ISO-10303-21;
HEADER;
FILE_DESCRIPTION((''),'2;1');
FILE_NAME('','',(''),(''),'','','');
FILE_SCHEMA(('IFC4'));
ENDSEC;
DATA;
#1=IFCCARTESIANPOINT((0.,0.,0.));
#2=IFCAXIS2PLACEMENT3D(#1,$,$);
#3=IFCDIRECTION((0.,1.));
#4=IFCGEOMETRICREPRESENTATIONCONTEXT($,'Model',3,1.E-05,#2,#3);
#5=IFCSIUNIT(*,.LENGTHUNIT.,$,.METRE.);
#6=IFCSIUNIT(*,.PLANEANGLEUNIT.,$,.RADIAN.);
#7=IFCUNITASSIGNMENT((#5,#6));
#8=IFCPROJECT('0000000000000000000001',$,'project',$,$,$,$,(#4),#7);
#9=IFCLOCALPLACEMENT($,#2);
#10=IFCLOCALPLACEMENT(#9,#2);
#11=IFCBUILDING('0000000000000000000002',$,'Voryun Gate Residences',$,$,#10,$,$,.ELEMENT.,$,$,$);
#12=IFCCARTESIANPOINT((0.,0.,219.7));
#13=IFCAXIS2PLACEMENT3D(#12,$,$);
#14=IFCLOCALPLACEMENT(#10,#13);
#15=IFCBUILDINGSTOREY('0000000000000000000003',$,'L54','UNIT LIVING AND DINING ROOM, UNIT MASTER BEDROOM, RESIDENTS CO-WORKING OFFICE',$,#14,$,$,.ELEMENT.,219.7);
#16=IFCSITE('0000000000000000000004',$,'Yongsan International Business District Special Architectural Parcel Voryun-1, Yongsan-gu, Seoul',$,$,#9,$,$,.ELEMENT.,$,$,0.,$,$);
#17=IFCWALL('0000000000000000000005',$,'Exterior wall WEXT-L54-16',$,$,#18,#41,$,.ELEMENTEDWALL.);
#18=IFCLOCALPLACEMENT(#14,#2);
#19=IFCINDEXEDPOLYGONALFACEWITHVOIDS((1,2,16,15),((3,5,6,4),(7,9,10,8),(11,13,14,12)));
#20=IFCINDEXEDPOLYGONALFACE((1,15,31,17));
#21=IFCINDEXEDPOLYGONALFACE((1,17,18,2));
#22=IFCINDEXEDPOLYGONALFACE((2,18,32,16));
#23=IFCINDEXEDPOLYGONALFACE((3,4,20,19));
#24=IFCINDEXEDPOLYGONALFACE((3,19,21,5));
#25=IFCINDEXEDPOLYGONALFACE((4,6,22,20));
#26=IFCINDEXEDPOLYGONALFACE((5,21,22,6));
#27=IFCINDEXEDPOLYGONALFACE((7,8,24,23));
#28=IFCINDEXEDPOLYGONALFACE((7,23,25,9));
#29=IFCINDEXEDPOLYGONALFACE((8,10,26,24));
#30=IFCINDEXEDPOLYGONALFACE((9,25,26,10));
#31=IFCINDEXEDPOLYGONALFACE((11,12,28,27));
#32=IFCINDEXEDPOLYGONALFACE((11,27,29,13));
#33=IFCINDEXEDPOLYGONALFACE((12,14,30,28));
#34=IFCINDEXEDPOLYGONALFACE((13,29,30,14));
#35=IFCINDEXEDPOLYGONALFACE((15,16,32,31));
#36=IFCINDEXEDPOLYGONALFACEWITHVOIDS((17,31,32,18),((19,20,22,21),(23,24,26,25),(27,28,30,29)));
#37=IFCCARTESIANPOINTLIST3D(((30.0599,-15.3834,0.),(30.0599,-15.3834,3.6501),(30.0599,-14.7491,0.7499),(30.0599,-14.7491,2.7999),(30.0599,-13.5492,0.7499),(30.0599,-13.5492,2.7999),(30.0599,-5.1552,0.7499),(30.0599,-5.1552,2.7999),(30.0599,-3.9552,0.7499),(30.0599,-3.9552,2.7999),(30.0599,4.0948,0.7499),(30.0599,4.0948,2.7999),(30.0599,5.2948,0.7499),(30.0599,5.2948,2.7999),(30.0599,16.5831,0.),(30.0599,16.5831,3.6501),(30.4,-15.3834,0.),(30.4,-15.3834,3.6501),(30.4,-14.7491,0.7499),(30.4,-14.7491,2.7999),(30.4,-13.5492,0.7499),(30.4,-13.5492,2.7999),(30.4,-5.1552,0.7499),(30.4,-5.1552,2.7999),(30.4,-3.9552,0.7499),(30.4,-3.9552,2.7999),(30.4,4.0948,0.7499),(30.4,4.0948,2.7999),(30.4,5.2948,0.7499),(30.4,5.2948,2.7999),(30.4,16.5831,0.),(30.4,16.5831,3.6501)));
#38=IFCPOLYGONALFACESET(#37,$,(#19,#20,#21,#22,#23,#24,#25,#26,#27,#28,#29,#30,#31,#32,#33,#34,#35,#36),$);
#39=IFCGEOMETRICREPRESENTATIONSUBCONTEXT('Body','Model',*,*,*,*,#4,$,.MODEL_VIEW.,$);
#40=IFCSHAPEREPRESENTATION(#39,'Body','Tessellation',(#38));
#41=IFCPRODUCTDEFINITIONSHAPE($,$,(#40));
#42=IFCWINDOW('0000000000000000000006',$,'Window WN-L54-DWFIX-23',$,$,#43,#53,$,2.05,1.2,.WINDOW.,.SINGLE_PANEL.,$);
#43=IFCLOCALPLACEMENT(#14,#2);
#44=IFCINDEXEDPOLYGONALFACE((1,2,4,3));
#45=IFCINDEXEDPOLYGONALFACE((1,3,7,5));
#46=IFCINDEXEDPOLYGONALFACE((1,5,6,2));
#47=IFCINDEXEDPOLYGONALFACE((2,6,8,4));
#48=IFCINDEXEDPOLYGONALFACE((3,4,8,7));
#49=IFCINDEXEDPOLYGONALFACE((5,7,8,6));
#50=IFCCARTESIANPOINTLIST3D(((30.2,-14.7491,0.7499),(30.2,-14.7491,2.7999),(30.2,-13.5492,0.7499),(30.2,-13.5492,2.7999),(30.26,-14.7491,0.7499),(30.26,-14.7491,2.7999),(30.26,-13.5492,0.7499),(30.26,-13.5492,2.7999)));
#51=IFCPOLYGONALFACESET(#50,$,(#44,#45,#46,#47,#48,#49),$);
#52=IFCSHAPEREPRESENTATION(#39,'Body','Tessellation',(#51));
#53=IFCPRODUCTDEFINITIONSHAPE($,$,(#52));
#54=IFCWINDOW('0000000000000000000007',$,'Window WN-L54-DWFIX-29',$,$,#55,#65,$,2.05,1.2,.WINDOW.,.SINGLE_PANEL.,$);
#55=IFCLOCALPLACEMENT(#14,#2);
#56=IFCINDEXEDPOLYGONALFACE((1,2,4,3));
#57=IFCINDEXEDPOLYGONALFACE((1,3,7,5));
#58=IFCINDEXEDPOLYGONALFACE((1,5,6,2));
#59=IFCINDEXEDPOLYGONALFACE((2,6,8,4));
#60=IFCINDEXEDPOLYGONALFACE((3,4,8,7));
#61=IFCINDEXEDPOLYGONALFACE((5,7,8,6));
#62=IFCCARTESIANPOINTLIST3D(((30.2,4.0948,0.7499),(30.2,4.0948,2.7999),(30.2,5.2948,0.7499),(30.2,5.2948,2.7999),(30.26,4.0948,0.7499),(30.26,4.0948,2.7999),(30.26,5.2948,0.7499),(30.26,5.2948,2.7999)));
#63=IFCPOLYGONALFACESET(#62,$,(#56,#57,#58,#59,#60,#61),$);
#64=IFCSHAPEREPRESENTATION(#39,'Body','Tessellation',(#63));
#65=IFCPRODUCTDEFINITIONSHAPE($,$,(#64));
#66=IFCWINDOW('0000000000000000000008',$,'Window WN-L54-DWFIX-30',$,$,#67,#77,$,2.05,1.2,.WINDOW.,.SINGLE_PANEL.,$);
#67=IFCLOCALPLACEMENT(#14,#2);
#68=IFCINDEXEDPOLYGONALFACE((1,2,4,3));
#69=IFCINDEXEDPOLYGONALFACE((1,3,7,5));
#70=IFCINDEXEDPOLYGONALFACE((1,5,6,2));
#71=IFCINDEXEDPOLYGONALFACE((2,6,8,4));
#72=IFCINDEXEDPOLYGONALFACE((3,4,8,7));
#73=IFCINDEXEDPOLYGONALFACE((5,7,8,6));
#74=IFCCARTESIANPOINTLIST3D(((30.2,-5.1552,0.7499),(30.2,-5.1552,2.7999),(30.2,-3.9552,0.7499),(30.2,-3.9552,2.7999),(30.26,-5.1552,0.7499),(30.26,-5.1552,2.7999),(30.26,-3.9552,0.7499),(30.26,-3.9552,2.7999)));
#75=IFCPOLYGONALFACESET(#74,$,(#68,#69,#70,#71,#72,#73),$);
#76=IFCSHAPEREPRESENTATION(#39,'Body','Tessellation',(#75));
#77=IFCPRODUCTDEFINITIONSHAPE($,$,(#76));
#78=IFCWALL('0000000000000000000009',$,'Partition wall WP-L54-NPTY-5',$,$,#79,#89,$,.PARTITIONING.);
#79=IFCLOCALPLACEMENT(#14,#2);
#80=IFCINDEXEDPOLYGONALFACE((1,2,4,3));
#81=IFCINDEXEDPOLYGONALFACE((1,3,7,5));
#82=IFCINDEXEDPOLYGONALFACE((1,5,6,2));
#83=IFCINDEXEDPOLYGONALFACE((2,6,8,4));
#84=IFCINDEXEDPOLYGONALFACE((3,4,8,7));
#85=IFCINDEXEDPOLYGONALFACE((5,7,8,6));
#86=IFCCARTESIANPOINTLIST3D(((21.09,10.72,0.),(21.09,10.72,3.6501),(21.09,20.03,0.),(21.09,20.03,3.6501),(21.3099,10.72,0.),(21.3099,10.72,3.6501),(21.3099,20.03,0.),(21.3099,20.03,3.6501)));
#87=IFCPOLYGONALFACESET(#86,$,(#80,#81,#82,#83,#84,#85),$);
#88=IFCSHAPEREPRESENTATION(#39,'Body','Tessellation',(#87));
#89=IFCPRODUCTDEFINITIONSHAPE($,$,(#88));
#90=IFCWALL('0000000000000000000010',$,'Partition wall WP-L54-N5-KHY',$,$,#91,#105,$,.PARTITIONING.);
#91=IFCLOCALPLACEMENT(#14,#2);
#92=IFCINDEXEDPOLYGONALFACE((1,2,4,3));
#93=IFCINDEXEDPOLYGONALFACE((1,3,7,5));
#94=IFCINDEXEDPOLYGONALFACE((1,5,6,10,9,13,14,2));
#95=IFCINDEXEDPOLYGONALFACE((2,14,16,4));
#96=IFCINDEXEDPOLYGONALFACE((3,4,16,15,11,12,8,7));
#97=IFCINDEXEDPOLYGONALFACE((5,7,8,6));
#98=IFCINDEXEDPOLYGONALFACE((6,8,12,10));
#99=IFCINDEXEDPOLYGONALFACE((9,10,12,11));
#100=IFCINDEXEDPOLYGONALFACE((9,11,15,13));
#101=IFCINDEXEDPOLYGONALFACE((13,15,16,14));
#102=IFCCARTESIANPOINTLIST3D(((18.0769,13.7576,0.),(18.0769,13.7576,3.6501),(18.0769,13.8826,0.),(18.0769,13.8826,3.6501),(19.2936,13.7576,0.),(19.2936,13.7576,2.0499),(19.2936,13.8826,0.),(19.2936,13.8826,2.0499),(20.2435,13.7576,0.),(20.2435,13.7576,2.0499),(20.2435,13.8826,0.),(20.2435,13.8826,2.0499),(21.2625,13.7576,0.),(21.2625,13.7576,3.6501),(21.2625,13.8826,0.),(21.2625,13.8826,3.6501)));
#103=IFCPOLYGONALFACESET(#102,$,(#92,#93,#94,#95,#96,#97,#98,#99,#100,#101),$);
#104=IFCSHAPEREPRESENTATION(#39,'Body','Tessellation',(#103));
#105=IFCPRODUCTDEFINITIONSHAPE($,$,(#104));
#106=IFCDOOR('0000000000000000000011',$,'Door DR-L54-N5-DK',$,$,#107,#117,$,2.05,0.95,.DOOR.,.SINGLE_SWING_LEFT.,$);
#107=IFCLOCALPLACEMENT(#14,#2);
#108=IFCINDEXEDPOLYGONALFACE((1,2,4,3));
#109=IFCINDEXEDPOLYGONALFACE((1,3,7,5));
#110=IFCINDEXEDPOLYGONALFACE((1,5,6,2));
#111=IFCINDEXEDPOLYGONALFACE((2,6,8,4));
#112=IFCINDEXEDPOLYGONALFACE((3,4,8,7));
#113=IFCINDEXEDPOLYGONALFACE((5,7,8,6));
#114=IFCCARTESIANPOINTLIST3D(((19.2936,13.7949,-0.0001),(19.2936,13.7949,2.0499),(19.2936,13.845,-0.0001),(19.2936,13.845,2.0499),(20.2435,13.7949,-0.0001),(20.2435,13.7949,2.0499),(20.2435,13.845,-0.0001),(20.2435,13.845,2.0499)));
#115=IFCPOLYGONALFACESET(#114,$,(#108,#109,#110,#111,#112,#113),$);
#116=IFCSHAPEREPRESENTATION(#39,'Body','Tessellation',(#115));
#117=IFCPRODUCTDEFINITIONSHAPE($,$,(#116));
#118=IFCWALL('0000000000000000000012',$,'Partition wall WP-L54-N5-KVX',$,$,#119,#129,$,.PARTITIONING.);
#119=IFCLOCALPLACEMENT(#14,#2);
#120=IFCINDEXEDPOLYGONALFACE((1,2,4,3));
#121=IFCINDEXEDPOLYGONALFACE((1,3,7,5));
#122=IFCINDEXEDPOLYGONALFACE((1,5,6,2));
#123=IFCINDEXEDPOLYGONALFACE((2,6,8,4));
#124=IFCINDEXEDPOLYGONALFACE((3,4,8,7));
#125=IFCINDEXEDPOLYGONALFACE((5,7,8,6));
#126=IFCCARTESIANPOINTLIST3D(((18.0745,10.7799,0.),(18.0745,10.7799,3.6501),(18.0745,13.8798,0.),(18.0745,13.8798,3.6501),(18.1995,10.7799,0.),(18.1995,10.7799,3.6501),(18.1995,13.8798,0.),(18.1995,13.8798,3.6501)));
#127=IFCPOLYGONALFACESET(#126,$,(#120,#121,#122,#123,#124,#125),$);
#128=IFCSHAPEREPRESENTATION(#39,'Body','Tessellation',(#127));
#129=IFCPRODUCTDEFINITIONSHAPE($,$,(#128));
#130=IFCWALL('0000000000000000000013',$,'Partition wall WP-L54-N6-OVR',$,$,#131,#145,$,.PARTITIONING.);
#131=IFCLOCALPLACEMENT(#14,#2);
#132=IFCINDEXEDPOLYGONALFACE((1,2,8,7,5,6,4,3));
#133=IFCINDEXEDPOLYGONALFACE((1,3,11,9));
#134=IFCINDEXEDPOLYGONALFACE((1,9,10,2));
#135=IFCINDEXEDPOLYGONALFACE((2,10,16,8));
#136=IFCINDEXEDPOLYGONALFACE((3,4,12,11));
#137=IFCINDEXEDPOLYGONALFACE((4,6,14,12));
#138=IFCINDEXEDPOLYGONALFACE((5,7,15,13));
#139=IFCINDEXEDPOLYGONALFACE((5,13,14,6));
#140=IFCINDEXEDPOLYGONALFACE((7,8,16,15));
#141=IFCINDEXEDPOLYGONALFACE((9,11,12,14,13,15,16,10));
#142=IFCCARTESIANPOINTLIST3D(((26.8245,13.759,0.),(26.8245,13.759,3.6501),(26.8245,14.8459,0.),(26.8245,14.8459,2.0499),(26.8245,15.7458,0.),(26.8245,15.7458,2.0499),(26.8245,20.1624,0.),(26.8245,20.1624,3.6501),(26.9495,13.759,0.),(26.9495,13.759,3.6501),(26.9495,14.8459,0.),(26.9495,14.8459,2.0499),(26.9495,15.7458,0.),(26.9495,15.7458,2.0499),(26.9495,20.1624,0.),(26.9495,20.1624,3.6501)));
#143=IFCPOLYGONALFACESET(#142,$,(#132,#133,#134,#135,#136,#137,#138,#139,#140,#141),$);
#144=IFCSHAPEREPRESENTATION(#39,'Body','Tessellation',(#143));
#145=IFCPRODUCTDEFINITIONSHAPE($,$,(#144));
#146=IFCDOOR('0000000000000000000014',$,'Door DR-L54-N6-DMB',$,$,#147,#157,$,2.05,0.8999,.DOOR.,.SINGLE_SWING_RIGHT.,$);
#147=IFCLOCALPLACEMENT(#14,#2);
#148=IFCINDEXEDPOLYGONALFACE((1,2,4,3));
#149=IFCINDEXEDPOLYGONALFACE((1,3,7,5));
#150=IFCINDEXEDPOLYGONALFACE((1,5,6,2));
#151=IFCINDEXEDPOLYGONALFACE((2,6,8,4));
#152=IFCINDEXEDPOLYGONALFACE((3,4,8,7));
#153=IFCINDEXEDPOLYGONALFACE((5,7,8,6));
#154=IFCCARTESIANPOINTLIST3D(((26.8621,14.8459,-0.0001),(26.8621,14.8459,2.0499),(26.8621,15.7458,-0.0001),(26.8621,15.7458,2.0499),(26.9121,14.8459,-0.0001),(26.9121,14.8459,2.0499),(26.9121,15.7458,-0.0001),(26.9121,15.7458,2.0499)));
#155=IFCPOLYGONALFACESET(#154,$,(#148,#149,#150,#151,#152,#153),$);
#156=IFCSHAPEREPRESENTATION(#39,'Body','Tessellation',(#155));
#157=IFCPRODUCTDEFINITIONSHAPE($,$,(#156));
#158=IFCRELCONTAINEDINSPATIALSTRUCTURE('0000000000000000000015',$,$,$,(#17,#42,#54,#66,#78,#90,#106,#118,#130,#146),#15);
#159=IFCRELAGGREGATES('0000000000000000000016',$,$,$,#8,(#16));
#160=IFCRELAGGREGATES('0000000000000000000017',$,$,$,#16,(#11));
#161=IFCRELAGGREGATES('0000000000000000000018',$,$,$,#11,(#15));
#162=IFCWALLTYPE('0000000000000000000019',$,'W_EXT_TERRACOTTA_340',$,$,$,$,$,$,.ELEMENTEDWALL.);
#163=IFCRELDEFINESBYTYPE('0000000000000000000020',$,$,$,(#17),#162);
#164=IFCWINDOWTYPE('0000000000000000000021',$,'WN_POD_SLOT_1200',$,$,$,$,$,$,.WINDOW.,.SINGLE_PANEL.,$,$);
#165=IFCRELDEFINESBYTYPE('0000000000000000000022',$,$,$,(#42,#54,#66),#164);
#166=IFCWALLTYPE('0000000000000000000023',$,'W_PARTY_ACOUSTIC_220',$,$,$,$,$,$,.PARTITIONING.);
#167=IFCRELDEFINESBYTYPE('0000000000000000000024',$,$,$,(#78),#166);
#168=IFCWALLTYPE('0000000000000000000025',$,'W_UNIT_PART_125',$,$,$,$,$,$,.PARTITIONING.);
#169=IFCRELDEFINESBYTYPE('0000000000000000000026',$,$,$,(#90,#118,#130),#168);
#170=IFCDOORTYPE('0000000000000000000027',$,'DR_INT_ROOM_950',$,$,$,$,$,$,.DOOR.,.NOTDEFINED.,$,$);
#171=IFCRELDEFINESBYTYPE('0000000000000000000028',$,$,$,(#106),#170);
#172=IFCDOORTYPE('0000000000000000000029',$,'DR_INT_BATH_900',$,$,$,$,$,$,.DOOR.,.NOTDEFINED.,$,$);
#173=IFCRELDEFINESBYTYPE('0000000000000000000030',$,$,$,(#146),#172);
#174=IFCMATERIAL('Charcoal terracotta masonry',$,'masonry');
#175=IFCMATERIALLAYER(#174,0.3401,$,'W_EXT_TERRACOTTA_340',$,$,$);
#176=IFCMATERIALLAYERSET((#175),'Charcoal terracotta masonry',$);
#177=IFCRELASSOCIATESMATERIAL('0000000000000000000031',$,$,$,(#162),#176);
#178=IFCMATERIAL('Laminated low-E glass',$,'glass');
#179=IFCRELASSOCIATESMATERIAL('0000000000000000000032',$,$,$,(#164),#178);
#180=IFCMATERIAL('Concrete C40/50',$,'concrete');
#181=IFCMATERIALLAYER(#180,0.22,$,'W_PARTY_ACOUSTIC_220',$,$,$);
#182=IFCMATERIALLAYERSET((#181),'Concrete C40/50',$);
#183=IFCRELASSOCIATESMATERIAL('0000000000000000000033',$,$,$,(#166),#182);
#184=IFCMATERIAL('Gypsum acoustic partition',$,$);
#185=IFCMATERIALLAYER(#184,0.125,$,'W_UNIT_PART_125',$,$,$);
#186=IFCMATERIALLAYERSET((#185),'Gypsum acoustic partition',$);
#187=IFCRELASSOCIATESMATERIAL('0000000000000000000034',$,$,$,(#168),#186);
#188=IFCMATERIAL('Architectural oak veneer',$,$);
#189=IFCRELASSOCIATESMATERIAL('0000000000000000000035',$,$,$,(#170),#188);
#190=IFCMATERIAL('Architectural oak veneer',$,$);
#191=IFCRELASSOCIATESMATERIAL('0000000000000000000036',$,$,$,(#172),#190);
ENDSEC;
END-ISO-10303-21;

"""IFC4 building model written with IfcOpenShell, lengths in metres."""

from ifc_helpers import new_model, si_unit, direction, frame, frame_2d, origin, place, context, subcontext, project, spatial, rectangle, extrude, material, layer, layer_set, type_object, element, fill, save


model = new_model("IFC4")

# Units and contexts
model_context = context("Model", 3, precision=1e-05, world=origin(), true_north=direction((0.0, 1.0)))
body_context = subcontext(model_context, "Body", "Model", "MODEL_VIEW")
ifc_project = project(units=[si_unit("LENGTHUNIT", "METRE"), si_unit("PLANEANGLEUNIT", "RADIAN")], contexts=[model_context])

# Site, building, storey
site_placement = place(None, origin())
site = spatial("IfcSite", under=ifc_project, at=site_placement, Name="Yongsan International Business District Special Architectural Parcel Voryun-1, Yongsan-gu, Seoul", CompositionType="ELEMENT", RefElevation=0.0)
building_placement = place(site_placement, origin())
building = spatial("IfcBuilding", under=site, at=building_placement, Name="Voryun Gate Residences", CompositionType="ELEMENT")
storey_placement = place(building_placement, frame((0.0, 0.0, 219.7)))
storey = spatial("IfcBuildingStorey", under=building, at=storey_placement, Name="L54", Description="UNIT LIVING AND DINING ROOM, UNIT MASTER BEDROOM, RESIDENTS CO-WORKING OFFICE", CompositionType="ELEMENT", Elevation=219.7)

# Shared definitions
ifc_material_1 = material(Name="Charcoal terracotta masonry", Category="masonry")
ifc_layer_1 = layer(ifc_material_1, 0.3401, Name="W_EXT_TERRACOTTA_340")
ifc_layer_set_1 = layer_set([ifc_layer_1], Name="Charcoal terracotta masonry")
wall_type_1 = type_object("IfcWallType", Name="W_EXT_TERRACOTTA_340", PredefinedType="ELEMENTEDWALL", material=ifc_layer_set_1)

# Wall, openings, windows
wall_1_placement = place(storey_placement, frame((30.23, 16.5833, 0.0), z_axis=(0.0, 0.0, 1.0), x_axis=(0.0, -1.0, 0.0)))
wall_1 = element("IfcWall", 1, at=wall_1_placement, inside=storey, type_object=wall_type_1, Name="Exterior wall WEXT-L54-16", PredefinedType="ELEMENTEDWALL", context=body_context, shape_type="SweptSolid", body=[
    extrude(rectangle(XDim=31.9666, YDim=0.3401, at=frame_2d((15.9834, 0.0))), origin(), (0.0, 0.0, 1.0), 3.6501),
])
opening_1_placement = place(wall_1_placement, frame((30.1323, 0.0, 0.75)))
opening_1 = element("IfcOpeningElement", 2, at=opening_1_placement, cuts=wall_1, PredefinedType="OPENING", context=body_context, shape_type="SweptSolid", body=[
    extrude(rectangle(XDim=1.2, YDim=2.05, at=frame_2d((0.6001, 1.0249))), frame((0.0, 0.1799, 0.0), z_axis=(0.0, -1.0, 0.0), x_axis=(1.0, 0.0, 0.0)), (0.0, 0.0, 1.0), 0.3601),
])
opening_2_placement = place(wall_1_placement, frame((11.2883, 0.0, 0.75)))
opening_2 = element("IfcOpeningElement", 3, at=opening_2_placement, cuts=wall_1, PredefinedType="OPENING", context=body_context, shape_type="SweptSolid", body=[
    extrude(rectangle(XDim=1.2, YDim=2.05, at=frame_2d((0.6001, 1.0249))), frame((0.0, 0.1799, 0.0), z_axis=(0.0, -1.0, 0.0), x_axis=(1.0, 0.0, 0.0)), (0.0, 0.0, 1.0), 0.3601),
])
opening_3_placement = place(wall_1_placement, frame((20.5383, 0.0, 0.75)))
opening_3 = element("IfcOpeningElement", 4, at=opening_3_placement, cuts=wall_1, PredefinedType="OPENING", context=body_context, shape_type="SweptSolid", body=[
    extrude(rectangle(XDim=1.2, YDim=2.05, at=frame_2d((0.6001, 1.0249))), frame((0.0, 0.1799, 0.0), z_axis=(0.0, -1.0, 0.0), x_axis=(1.0, 0.0, 0.0)), (0.0, 0.0, 1.0), 0.3601),
])
ifc_material_2 = material(Name="Laminated low-E glass", Category="glass")
window_type_1 = type_object("IfcWindowType", Name="WN_POD_SLOT_1200", PartitioningType="SINGLE_PANEL", PredefinedType="WINDOW", material=ifc_material_2)
window_1_placement = place(opening_1_placement, origin())
window_1 = element("IfcWindow", 5, at=window_1_placement, inside=storey, type_object=window_type_1, Name="Window WN-L54-DWFIX-23", OverallHeight=2.05, OverallWidth=1.2, PartitioningType="SINGLE_PANEL", PredefinedType="WINDOW", context=body_context, shape_type="SweptSolid", body=[
    extrude(rectangle(XDim=1.2, YDim=2.05, at=frame_2d((0.6001, 1.0249))), frame((0.0, 0.03, 0.0), z_axis=(0.0, -1.0, 0.0), x_axis=(1.0, 0.0, 0.0)), (0.0, 0.0, 1.0), 0.0601),
])
fill(opening_1, window_1)
window_2_placement = place(opening_2_placement, origin())
window_2 = element("IfcWindow", 6, at=window_2_placement, inside=storey, type_object=window_type_1, Name="Window WN-L54-DWFIX-29", OverallHeight=2.05, OverallWidth=1.2, PartitioningType="SINGLE_PANEL", PredefinedType="WINDOW", context=body_context, shape_type="SweptSolid", body=[
    extrude(rectangle(XDim=1.2, YDim=2.05, at=frame_2d((0.6001, 1.0249))), frame((0.0, 0.03, 0.0), z_axis=(0.0, -1.0, 0.0), x_axis=(1.0, 0.0, 0.0)), (0.0, 0.0, 1.0), 0.0601),
])
fill(opening_2, window_2)
window_3_placement = place(opening_3_placement, origin())
window_3 = element("IfcWindow", 7, at=window_3_placement, inside=storey, type_object=window_type_1, Name="Window WN-L54-DWFIX-30", OverallHeight=2.05, OverallWidth=1.2, PartitioningType="SINGLE_PANEL", PredefinedType="WINDOW", context=body_context, shape_type="SweptSolid", body=[
    extrude(rectangle(XDim=1.2, YDim=2.05, at=frame_2d((0.6001, 1.0249))), frame((0.0, 0.03, 0.0), z_axis=(0.0, -1.0, 0.0), x_axis=(1.0, 0.0, 0.0)), (0.0, 0.0, 1.0), 0.0601),
])
fill(opening_3, window_3)

# Wall
ifc_material_3 = material(Name="Concrete C40/50", Category="concrete")
ifc_layer_2 = layer(ifc_material_3, 0.22, Name="W_PARTY_ACOUSTIC_220")
ifc_layer_set_2 = layer_set([ifc_layer_2], Name="Concrete C40/50")
wall_type_2 = type_object("IfcWallType", Name="W_PARTY_ACOUSTIC_220", PredefinedType="PARTITIONING", material=ifc_layer_set_2)
wall_2_placement = place(storey_placement, frame((21.2, 10.72, 0.0), z_axis=(0.0, 0.0, 1.0), x_axis=(0.0, 1.0, 0.0)))
element("IfcWall", 8, at=wall_2_placement, inside=storey, type_object=wall_type_2, Name="Partition wall WP-L54-NPTY-5", PredefinedType="PARTITIONING", context=body_context, shape_type="SweptSolid", body=[
    extrude(rectangle(XDim=9.3101, YDim=0.22, at=frame_2d((4.655, 0.0))), origin(), (0.0, 0.0, 1.0), 3.6501),
])

# Wall, opening, door
ifc_material_4 = material(Name="Gypsum acoustic partition")
ifc_layer_3 = layer(ifc_material_4, 0.125, Name="W_UNIT_PART_125")
ifc_layer_set_3 = layer_set([ifc_layer_3], Name="Gypsum acoustic partition")
wall_type_3 = type_object("IfcWallType", Name="W_UNIT_PART_125", PredefinedType="PARTITIONING", material=ifc_layer_set_3)
wall_3_placement = place(storey_placement, frame((18.0769, 13.8201, 0.0), z_axis=(0.0, 0.0, 1.0), x_axis=(1.0, 0.0, 0.0)))
wall_3 = element("IfcWall", 9, at=wall_3_placement, inside=storey, type_object=wall_type_3, Name="Partition wall WP-L54-N5-KHY", PredefinedType="PARTITIONING", context=body_context, shape_type="SweptSolid", body=[
    extrude(rectangle(XDim=3.1855, YDim=0.125, at=frame_2d((1.5928, 0.0))), origin(), (0.0, 0.0, 1.0), 3.6501),
])
opening_4_placement = place(wall_3_placement, frame((1.2166, 0.0, 0.0)))
opening_4 = element("IfcOpeningElement", 10, at=opening_4_placement, cuts=wall_3, PredefinedType="OPENING", context=body_context, shape_type="SweptSolid", body=[
    extrude(rectangle(XDim=0.95, YDim=2.05, at=frame_2d((0.4751, 1.0249))), frame((0.0, 0.0725, 0.0), z_axis=(0.0, -1.0, 0.0), x_axis=(1.0, 0.0, 0.0)), (0.0, 0.0, 1.0), 0.145),
])
ifc_material_5 = material(Name="Architectural oak veneer")
door_type_1 = type_object("IfcDoorType", Name="DR_INT_ROOM_950", OperationType="NOTDEFINED", PredefinedType="DOOR", material=ifc_material_5)
door_1_placement = place(opening_4_placement, origin())
door_1 = element("IfcDoor", 11, at=door_1_placement, inside=storey, type_object=door_type_1, Name="Door DR-L54-N5-DK", OperationType="SINGLE_SWING_LEFT", OverallHeight=2.05, OverallWidth=0.95, PredefinedType="DOOR", context=body_context, shape_type="SweptSolid", body=[
    extrude(rectangle(XDim=0.95, YDim=2.05, at=frame_2d((0.4751, 1.0249))), frame((0.0, 0.0249, 0.0), z_axis=(0.0, -1.0, 0.0), x_axis=(1.0, 0.0, 0.0)), (0.0, 0.0, 1.0), 0.05),
])
fill(opening_4, door_1)

# Wall
wall_4_placement = place(storey_placement, frame((18.137, 10.78, 0.0), z_axis=(0.0, 0.0, 1.0), x_axis=(0.0, 1.0, 0.0)))
element("IfcWall", 12, at=wall_4_placement, inside=storey, type_object=wall_type_3, Name="Partition wall WP-L54-N5-KVX", PredefinedType="PARTITIONING", context=body_context, shape_type="SweptSolid", body=[
    extrude(rectangle(XDim=3.0999, YDim=0.125, at=frame_2d((1.5498, 0.0))), origin(), (0.0, 0.0, 1.0), 3.6501),
])

# Wall, opening, door
wall_5_placement = place(storey_placement, frame((26.887, 13.759, 0.0), z_axis=(0.0, 0.0, 1.0), x_axis=(0.0, 1.0, 0.0)))
wall_5 = element("IfcWall", 13, at=wall_5_placement, inside=storey, type_object=wall_type_3, Name="Partition wall WP-L54-N6-OVR", PredefinedType="PARTITIONING", context=body_context, shape_type="SweptSolid", body=[
    extrude(rectangle(XDim=6.4033, YDim=0.125, at=frame_2d((3.2017, 0.0))), origin(), (0.0, 0.0, 1.0), 3.6501),
])
opening_5_placement = place(wall_5_placement, frame((1.0869, 0.0, 0.0)))
opening_5 = element("IfcOpeningElement", 14, at=opening_5_placement, cuts=wall_5, PredefinedType="OPENING", context=body_context, shape_type="SweptSolid", body=[
    extrude(rectangle(XDim=0.8999, YDim=2.05, at=frame_2d((0.45, 1.0249))), frame((0.0, 0.0725, 0.0), z_axis=(0.0, -1.0, 0.0), x_axis=(1.0, 0.0, 0.0)), (0.0, 0.0, 1.0), 0.145),
])
ifc_material_6 = material(Name="Architectural oak veneer")
door_type_2 = type_object("IfcDoorType", Name="DR_INT_BATH_900", OperationType="NOTDEFINED", PredefinedType="DOOR", material=ifc_material_6)
door_2_placement = place(opening_5_placement, origin())
door_2 = element("IfcDoor", 15, at=door_2_placement, inside=storey, type_object=door_type_2, Name="Door DR-L54-N6-DMB", OperationType="SINGLE_SWING_RIGHT", OverallHeight=2.05, OverallWidth=0.8999, PredefinedType="DOOR", context=body_context, shape_type="SweptSolid", body=[
    extrude(rectangle(XDim=0.8999, YDim=2.05, at=frame_2d((0.45, 1.0249))), frame((0.0, 0.0249, 0.0), z_axis=(0.0, -1.0, 0.0), x_axis=(1.0, 0.0, 0.0)), (0.0, 0.0, 1.0), 0.05),
])
fill(opening_5, door_2)

save(model, "model.ifc")
